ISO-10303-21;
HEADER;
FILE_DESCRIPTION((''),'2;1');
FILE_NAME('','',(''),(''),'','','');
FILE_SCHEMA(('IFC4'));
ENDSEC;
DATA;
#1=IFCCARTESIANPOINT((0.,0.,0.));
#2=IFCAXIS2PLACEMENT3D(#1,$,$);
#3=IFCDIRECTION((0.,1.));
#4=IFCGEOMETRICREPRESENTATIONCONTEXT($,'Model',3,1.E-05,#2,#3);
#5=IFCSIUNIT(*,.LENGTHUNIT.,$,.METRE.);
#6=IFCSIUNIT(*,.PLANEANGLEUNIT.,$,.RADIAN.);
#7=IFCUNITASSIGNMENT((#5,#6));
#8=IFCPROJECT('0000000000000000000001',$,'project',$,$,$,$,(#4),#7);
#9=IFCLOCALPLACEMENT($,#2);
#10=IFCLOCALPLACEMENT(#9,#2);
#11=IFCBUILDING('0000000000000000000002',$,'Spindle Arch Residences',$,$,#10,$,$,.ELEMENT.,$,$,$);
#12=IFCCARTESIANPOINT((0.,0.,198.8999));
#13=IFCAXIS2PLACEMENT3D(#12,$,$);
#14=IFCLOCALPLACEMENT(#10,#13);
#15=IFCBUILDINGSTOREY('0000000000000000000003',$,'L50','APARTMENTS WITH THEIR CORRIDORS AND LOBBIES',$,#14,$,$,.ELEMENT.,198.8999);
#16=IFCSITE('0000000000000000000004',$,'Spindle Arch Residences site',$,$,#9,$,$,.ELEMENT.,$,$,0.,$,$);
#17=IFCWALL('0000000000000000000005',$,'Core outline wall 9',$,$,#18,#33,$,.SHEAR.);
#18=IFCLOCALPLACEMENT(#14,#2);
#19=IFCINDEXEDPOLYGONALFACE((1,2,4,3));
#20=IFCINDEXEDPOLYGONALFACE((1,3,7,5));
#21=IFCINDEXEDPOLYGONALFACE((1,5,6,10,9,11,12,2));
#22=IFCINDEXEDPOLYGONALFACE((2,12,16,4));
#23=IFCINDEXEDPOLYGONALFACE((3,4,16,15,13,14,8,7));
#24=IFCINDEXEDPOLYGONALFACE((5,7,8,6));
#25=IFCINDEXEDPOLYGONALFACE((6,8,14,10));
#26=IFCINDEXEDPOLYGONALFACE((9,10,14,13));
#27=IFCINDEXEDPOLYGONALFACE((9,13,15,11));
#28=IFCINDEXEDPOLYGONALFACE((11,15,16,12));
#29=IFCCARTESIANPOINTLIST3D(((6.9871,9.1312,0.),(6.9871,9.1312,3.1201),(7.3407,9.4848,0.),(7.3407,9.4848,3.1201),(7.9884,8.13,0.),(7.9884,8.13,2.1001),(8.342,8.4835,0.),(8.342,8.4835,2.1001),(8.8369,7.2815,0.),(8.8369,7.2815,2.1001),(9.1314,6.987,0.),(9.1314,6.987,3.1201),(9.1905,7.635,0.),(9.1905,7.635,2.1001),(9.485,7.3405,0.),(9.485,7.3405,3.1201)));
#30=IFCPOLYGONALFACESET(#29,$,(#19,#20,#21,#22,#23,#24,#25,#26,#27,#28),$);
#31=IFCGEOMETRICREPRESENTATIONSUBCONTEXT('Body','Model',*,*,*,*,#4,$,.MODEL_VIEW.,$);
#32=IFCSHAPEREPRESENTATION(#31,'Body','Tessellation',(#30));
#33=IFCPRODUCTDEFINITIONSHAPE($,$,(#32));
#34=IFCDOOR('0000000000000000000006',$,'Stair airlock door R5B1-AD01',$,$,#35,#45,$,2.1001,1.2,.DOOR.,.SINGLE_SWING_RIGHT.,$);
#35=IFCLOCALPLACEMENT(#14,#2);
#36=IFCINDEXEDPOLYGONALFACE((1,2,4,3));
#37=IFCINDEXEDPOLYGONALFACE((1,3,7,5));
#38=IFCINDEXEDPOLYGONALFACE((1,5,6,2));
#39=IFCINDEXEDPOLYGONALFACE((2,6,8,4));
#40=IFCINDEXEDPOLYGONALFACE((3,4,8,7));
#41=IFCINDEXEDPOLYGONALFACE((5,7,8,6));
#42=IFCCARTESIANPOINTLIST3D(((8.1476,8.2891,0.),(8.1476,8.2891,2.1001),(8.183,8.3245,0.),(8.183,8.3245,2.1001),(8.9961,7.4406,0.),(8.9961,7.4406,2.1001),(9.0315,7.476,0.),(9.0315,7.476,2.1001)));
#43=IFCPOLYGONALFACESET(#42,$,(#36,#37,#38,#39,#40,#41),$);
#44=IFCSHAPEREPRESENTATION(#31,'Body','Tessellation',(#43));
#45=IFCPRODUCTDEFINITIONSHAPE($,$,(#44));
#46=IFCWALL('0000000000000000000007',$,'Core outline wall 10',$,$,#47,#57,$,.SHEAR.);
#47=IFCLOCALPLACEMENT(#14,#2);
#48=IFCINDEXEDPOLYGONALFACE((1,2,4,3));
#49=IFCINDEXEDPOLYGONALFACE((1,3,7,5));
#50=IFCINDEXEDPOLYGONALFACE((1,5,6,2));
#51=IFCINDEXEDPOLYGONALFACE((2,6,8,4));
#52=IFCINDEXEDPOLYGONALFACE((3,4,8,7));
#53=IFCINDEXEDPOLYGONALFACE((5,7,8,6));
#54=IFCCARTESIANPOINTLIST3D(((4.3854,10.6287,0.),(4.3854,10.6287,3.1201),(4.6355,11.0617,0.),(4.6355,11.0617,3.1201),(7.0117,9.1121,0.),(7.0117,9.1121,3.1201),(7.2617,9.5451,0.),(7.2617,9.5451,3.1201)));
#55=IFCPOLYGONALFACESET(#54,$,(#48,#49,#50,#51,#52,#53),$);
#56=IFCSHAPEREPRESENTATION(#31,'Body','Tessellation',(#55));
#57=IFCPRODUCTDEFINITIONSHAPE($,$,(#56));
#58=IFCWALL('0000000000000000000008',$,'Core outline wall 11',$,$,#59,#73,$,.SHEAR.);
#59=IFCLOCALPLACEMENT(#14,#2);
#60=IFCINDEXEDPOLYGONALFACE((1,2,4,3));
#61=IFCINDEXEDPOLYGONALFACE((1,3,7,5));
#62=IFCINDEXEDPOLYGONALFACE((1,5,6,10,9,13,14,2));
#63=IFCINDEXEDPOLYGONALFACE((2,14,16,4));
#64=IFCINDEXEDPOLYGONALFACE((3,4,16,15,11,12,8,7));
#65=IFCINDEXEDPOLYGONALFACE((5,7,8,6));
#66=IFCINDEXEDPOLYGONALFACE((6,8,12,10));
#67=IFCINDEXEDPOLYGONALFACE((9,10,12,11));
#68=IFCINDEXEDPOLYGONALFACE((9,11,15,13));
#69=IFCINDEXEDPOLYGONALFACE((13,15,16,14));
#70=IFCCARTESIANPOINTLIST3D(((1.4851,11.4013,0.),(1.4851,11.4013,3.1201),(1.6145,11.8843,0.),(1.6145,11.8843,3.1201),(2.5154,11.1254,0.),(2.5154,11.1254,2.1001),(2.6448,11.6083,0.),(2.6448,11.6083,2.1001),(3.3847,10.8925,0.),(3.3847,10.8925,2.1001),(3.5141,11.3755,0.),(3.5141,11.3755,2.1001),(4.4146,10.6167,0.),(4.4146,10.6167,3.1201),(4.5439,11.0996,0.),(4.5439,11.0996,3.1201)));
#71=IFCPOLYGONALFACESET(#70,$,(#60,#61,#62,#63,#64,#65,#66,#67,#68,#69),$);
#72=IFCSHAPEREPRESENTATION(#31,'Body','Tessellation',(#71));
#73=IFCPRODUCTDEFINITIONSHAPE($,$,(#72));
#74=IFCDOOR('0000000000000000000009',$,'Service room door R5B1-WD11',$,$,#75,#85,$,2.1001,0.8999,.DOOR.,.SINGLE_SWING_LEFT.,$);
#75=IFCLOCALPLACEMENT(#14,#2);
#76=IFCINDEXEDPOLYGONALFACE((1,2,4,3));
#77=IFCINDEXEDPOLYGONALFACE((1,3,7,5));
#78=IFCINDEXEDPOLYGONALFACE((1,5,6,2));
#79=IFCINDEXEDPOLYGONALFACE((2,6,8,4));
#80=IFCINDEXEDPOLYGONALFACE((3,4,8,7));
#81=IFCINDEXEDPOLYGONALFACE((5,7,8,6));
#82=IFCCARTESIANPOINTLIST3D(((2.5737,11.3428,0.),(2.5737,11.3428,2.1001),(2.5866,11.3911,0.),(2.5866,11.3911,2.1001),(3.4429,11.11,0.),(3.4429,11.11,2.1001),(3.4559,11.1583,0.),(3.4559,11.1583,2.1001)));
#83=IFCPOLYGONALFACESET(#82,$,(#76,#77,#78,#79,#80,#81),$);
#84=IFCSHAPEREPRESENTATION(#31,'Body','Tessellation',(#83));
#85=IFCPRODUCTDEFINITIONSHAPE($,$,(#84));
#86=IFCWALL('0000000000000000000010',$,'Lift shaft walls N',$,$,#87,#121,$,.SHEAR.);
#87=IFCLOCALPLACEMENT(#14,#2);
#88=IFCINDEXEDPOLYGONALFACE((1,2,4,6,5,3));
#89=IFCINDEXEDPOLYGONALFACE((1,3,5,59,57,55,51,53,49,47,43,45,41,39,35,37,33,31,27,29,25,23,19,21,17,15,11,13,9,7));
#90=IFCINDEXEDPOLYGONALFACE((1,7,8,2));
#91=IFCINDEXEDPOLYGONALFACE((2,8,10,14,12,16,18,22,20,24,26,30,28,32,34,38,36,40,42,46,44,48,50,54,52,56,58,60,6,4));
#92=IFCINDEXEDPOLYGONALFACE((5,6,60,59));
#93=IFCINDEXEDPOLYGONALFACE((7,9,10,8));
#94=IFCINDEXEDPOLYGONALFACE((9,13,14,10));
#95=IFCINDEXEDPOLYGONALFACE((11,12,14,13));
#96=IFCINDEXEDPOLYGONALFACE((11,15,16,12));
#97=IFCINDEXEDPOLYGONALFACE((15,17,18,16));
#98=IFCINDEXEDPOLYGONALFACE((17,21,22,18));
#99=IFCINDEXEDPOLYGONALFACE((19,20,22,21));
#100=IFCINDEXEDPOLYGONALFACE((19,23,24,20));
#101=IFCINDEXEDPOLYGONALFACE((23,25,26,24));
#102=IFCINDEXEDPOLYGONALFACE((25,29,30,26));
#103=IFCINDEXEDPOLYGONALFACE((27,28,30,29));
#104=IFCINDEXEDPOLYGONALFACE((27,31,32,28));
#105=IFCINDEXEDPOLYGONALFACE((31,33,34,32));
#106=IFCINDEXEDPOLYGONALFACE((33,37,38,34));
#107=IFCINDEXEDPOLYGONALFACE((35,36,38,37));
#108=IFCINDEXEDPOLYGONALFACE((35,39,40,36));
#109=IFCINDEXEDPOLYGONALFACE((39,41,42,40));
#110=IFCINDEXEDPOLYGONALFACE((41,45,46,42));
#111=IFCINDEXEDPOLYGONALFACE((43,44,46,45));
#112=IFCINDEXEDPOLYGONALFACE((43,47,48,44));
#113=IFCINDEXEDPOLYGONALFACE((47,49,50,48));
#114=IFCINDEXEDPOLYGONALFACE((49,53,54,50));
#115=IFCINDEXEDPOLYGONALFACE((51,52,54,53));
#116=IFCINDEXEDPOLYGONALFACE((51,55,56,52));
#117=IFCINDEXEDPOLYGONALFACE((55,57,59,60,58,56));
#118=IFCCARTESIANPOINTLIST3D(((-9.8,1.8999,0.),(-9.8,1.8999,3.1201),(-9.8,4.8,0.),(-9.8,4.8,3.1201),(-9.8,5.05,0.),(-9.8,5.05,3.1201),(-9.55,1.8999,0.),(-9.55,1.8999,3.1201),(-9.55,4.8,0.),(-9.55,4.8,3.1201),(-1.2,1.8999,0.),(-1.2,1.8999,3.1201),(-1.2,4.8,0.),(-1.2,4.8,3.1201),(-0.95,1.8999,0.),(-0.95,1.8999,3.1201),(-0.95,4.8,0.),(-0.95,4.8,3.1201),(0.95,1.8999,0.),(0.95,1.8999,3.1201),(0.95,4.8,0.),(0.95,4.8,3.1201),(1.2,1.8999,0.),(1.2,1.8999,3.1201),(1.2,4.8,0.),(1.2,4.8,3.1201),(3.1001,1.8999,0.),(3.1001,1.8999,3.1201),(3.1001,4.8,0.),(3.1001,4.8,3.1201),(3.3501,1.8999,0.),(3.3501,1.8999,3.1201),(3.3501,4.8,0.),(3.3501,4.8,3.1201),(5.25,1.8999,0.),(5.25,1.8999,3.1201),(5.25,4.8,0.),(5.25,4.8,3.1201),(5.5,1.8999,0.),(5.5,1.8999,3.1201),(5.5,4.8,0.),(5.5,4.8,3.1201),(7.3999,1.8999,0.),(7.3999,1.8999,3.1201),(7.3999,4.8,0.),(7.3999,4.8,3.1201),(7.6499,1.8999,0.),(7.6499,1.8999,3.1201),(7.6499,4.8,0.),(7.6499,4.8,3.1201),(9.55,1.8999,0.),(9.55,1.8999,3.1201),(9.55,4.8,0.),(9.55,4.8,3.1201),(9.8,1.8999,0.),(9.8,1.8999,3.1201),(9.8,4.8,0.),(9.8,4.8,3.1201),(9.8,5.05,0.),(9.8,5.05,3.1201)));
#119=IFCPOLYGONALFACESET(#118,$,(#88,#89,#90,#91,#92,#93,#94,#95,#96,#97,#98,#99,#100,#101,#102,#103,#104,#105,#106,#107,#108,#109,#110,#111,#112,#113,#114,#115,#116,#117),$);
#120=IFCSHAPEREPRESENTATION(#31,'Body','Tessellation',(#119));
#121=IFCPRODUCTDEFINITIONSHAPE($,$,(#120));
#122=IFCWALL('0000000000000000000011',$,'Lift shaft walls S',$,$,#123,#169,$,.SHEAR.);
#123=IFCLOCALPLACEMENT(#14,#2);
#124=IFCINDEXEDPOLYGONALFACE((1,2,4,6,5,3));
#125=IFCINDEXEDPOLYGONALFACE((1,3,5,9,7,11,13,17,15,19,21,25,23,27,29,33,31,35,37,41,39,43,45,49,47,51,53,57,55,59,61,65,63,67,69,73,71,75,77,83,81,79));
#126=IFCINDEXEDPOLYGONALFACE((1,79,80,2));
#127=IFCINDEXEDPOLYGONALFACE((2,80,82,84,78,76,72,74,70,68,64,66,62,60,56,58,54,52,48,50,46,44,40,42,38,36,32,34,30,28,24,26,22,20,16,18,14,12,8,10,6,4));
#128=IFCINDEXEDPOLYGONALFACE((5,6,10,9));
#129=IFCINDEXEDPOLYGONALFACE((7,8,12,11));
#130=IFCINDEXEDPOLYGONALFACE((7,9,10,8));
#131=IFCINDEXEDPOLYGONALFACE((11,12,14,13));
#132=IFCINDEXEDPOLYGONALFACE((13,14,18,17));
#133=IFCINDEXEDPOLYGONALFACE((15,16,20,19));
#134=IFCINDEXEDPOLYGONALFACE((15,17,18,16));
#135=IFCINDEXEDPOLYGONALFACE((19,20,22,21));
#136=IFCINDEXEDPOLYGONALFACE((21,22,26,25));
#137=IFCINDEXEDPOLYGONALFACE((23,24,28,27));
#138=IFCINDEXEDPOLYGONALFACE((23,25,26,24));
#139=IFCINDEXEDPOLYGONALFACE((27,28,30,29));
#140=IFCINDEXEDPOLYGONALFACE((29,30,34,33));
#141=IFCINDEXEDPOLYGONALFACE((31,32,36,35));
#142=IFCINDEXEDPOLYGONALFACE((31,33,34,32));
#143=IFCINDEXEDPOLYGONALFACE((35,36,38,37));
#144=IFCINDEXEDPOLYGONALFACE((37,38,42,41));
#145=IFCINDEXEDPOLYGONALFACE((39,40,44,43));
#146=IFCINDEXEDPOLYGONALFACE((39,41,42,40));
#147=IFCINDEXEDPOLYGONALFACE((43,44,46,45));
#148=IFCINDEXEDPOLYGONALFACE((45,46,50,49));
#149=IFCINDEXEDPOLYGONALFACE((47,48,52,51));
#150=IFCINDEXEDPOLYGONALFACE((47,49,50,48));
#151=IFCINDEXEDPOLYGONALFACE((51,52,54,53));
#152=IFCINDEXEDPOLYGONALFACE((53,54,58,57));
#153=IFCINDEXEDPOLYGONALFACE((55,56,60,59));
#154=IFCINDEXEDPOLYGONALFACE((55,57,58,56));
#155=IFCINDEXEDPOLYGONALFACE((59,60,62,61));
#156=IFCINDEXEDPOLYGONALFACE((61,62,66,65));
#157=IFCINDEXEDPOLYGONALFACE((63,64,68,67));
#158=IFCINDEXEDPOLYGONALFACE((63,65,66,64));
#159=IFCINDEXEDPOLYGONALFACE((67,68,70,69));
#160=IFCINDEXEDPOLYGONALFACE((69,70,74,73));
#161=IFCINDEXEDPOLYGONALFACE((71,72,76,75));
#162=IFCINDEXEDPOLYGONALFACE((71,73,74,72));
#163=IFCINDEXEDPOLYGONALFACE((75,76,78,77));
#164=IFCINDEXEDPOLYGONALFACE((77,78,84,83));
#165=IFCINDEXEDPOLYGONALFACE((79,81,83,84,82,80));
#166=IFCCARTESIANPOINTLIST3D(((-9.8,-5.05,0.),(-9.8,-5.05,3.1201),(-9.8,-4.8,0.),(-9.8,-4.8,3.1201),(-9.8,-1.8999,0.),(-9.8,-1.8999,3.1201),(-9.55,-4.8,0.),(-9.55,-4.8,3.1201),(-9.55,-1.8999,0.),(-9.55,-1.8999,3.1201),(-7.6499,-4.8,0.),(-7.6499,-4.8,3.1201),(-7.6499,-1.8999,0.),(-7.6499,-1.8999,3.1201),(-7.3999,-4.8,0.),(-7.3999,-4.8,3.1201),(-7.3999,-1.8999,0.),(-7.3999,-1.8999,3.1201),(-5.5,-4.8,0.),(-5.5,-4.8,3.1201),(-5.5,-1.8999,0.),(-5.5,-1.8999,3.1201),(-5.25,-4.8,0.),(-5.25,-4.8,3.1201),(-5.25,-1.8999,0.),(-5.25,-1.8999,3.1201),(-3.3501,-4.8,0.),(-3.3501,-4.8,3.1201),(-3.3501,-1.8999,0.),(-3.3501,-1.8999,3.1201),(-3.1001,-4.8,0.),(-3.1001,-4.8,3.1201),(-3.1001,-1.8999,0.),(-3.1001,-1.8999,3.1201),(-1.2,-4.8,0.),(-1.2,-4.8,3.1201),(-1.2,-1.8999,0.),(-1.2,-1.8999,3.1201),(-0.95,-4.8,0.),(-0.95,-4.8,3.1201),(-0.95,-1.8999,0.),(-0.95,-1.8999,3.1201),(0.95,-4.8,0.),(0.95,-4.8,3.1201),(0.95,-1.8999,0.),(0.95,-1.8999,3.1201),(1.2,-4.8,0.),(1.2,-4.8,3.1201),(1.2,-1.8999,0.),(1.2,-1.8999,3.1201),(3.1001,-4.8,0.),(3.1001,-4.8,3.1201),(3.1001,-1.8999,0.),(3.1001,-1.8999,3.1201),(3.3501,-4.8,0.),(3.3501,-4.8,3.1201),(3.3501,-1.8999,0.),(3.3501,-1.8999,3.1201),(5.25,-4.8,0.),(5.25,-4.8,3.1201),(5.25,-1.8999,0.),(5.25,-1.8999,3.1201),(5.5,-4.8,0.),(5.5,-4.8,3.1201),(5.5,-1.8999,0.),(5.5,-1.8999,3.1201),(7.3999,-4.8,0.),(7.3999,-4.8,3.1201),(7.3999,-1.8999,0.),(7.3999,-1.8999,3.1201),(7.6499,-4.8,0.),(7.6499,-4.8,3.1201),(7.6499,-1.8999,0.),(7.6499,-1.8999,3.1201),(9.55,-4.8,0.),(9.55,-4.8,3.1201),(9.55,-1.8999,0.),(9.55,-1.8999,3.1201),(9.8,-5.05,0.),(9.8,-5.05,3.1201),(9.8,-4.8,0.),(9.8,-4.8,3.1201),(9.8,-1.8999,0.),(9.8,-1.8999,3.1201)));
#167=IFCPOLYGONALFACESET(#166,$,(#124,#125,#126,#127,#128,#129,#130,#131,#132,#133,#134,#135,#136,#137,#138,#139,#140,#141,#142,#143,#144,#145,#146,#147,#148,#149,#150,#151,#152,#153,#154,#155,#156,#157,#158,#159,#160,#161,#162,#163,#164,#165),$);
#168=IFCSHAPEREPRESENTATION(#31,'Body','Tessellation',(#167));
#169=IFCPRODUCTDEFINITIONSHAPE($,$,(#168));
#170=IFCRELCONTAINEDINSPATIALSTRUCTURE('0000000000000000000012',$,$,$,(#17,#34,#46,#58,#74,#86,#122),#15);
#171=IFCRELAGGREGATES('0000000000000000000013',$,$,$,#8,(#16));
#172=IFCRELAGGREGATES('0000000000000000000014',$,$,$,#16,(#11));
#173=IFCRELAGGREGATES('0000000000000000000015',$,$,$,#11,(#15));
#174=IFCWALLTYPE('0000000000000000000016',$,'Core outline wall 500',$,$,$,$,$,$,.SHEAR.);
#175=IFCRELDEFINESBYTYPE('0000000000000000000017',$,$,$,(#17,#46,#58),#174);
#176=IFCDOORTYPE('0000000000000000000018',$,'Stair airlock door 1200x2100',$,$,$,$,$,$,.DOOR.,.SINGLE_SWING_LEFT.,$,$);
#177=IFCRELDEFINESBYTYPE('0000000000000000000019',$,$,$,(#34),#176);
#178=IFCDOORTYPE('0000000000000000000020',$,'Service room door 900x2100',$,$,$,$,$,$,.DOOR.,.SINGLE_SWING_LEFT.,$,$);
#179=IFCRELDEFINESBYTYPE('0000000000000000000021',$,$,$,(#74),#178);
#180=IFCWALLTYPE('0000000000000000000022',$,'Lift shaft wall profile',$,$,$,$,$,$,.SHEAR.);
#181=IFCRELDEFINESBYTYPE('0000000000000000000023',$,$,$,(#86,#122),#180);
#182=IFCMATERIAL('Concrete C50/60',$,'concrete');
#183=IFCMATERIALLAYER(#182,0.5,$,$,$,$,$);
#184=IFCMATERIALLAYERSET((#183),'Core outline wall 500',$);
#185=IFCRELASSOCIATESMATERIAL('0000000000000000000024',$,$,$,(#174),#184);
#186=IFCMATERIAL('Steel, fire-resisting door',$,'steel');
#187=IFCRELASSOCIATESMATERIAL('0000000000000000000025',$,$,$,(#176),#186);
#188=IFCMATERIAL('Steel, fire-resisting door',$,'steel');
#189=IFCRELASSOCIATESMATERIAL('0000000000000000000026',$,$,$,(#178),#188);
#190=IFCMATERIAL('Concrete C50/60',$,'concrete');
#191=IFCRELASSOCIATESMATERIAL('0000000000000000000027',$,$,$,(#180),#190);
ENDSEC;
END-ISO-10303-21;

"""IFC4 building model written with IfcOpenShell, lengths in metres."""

from ifc_helpers import new_model, si_unit, direction, frame, frame_2d, origin, place, context, subcontext, project, spatial, polyline, rectangle, outline, extrude, material, layer, layer_set, type_object, element, fill, save


model = new_model("IFC4")

# Units and contexts
model_context = context("Model", 3, precision=1e-05, world=origin(), true_north=direction((0.0, 1.0)))
body_context = subcontext(model_context, "Body", "Model", "MODEL_VIEW")
ifc_project = project(units=[si_unit("LENGTHUNIT", "METRE"), si_unit("PLANEANGLEUNIT", "RADIAN")], contexts=[model_context])

# Site, building, storey
site_placement = place(None, origin())
site = spatial("IfcSite", under=ifc_project, at=site_placement, Name="Spindle Arch Residences site", CompositionType="ELEMENT", RefElevation=0.0)
building_placement = place(site_placement, origin())
building = spatial("IfcBuilding", under=site, at=building_placement, Name="Spindle Arch Residences", CompositionType="ELEMENT")
storey_placement = place(building_placement, frame((0.0, 0.0, 198.8999)))
storey = spatial("IfcBuildingStorey", under=building, at=storey_placement, Name="L50", Description="APARTMENTS WITH THEIR CORRIDORS AND LOBBIES", CompositionType="ELEMENT", Elevation=198.8999)

# Wall, opening, door
ifc_material_1 = material(Name="Concrete C50/60", Category="concrete")
ifc_layer_1 = layer(ifc_material_1, 0.5)
ifc_layer_set_1 = layer_set([ifc_layer_1], Name="Core outline wall 500")
wall_type_1 = type_object("IfcWallType", Name="Core outline wall 500", PredefinedType="SHEAR", material=ifc_layer_set_1)
wall_1_placement = place(storey_placement, frame((9.3081, 7.1638, 0.0), z_axis=(0.0, 0.0, 1.0), x_axis=(-0.707107, 0.707107, 0.0)))
wall_1 = element("IfcWall", 1, at=wall_1_placement, inside=storey, type_object=wall_type_1, Name="Core outline wall 9", PredefinedType="SHEAR", context=body_context, shape_type="SweptSolid", body=[
    extrude(rectangle(XDim=3.0325, YDim=0.5, at=frame_2d((1.5161, 0.0))), origin(), (0.0, 0.0, 1.0), 3.1201),
])
opening_1_placement = place(wall_1_placement, frame((0.4163, 0.0, 0.0)))
opening_1 = element("IfcOpeningElement", 2, at=opening_1_placement, cuts=wall_1, PredefinedType="OPENING", context=body_context, shape_type="SweptSolid", body=[
    extrude(rectangle(XDim=1.2, YDim=2.1001, at=frame_2d((0.6001, 1.05))), frame((0.0, 0.26, 0.0), z_axis=(0.0, -1.0, 0.0), x_axis=(1.0, 0.0, 0.0)), (0.0, 0.0, 1.0), 0.52),
])
ifc_material_2 = material(Name="Steel, fire-resisting door", Category="steel")
door_type_1 = type_object("IfcDoorType", Name="Stair airlock door 1200x2100", OperationType="SINGLE_SWING_LEFT", PredefinedType="DOOR", material=ifc_material_2)
door_1_placement = place(opening_1_placement, origin())
door_1 = element("IfcDoor", 3, at=door_1_placement, inside=storey, type_object=door_type_1, Name="Stair airlock door R5B1-AD01", OperationType="SINGLE_SWING_RIGHT", OverallHeight=2.1001, OverallWidth=1.2, PredefinedType="DOOR", context=body_context, shape_type="SweptSolid", body=[
    extrude(rectangle(XDim=1.2, YDim=2.1001, at=frame_2d((0.6001, 1.05))), frame((0.0, 0.0249, 0.0), z_axis=(0.0, -1.0, 0.0), x_axis=(1.0, 0.0, 0.0)), (0.0, 0.0, 1.0), 0.05),
])
fill(opening_1, door_1)

# Wall
wall_2_placement = place(storey_placement, frame((7.1367, 9.3286, 0.0), z_axis=(0.0, 0.0, 1.0), x_axis=(-0.865975, 0.500087, 0.0)))
element("IfcWall", 4, at=wall_2_placement, inside=storey, type_object=wall_type_1, Name="Core outline wall 10", PredefinedType="SHEAR", context=body_context, shape_type="SweptSolid", body=[
    extrude(rectangle(XDim=3.0327, YDim=0.5, at=frame_2d((1.5164, 0.0))), origin(), (0.0, 0.0, 1.0), 3.1201),
])

# Wall, opening, door
wall_3_placement = place(storey_placement, frame((4.4792, 10.8582, 0.0), z_axis=(0.0, 0.0, 1.0), x_axis=(-0.965948, 0.258735, 0.0)))
wall_3 = element("IfcWall", 5, at=wall_3_placement, inside=storey, type_object=wall_type_1, Name="Core outline wall 11", PredefinedType="SHEAR", context=body_context, shape_type="SweptSolid", body=[
    extrude(rectangle(XDim=3.0327, YDim=0.5, at=frame_2d((1.5164, 0.0))), origin(), (0.0, 0.0, 1.0), 3.1201),
])
opening_2_placement = place(wall_3_placement, frame((1.0662, 0.0, 0.0)))
opening_2 = element("IfcOpeningElement", 6, at=opening_2_placement, cuts=wall_3, PredefinedType="OPENING", context=body_context, shape_type="SweptSolid", body=[
    extrude(rectangle(XDim=0.8999, YDim=2.1001, at=frame_2d((0.45, 1.05))), frame((0.0, 0.26, 0.0), z_axis=(0.0, -1.0, 0.0), x_axis=(1.0, 0.0, 0.0)), (0.0, 0.0, 1.0), 0.52),
])
ifc_material_3 = material(Name="Steel, fire-resisting door", Category="steel")
door_type_2 = type_object("IfcDoorType", Name="Service room door 900x2100", OperationType="SINGLE_SWING_LEFT", PredefinedType="DOOR", material=ifc_material_3)
door_2_placement = place(opening_2_placement, origin())
door_2 = element("IfcDoor", 7, at=door_2_placement, inside=storey, type_object=door_type_2, Name="Service room door R5B1-WD11", OperationType="SINGLE_SWING_LEFT", OverallHeight=2.1001, OverallWidth=0.8999, PredefinedType="DOOR", context=body_context, shape_type="SweptSolid", body=[
    extrude(rectangle(XDim=0.8999, YDim=2.1001, at=frame_2d((0.45, 1.05))), frame((0.0, 0.0249, 0.0), z_axis=(0.0, -1.0, 0.0), x_axis=(1.0, 0.0, 0.0)), (0.0, 0.0, 1.0), 0.05),
])
fill(opening_2, door_2)

# Walls
ifc_material_4 = material(Name="Concrete C50/60", Category="concrete")
wall_type_2 = type_object("IfcWallType", Name="Lift shaft wall profile", PredefinedType="SHEAR", material=ifc_material_4)
wall_4_placement = place(storey_placement, origin())
element("IfcWall", 8, at=wall_4_placement, inside=storey, type_object=wall_type_2, Name="Lift shaft walls N", PredefinedType="SHEAR", context=body_context, shape_type="SweptSolid", body=[
    extrude(outline(polyline([(-9.55, 4.8), (-1.2, 4.8), (-1.2, 1.8999), (-0.95, 1.8999), (-0.95, 4.8), (0.95, 4.8), (0.95, 1.8999), (1.2, 1.8999), (1.2, 4.8), (3.1001, 4.8), (3.1001, 1.8999), (3.3501, 1.8999), (3.3501, 4.8), (5.25, 4.8), (5.25, 1.8999), (5.5, 1.8999), (5.5, 4.8), (7.3999, 4.8), (7.3999, 1.8999), (7.6499, 1.8999), (7.6499, 4.8), (9.55, 4.8), (9.55, 1.8999), (9.8, 1.8999), (9.8, 4.8), (9.8, 5.05), (-9.8, 5.05), (-9.8, 4.8), (-9.8, 1.8999), (-9.55, 1.8999), (-9.55, 4.8)])), origin(), (0.0, 0.0, 1.0), 3.1201),
])
wall_5_placement = place(storey_placement, origin())
element("IfcWall", 9, at=wall_5_placement, inside=storey, type_object=wall_type_2, Name="Lift shaft walls S", PredefinedType="SHEAR", context=body_context, shape_type="SweptSolid", body=[
    extrude(outline(polyline([(9.8, -5.05), (9.8, -4.8), (9.8, -1.8999), (9.55, -1.8999), (9.55, -4.8), (7.6499, -4.8), (7.6499, -1.8999), (7.3999, -1.8999), (7.3999, -4.8), (5.5, -4.8), (5.5, -1.8999), (5.25, -1.8999), (5.25, -4.8), (3.3501, -4.8), (3.3501, -1.8999), (3.1001, -1.8999), (3.1001, -4.8), (1.2, -4.8), (1.2, -1.8999), (0.95, -1.8999), (0.95, -4.8), (-0.95, -4.8), (-0.95, -1.8999), (-1.2, -1.8999), (-1.2, -4.8), (-3.1001, -4.8), (-3.1001, -1.8999), (-3.3501, -1.8999), (-3.3501, -4.8), (-5.25, -4.8), (-5.25, -1.8999), (-5.5, -1.8999), (-5.5, -4.8), (-7.3999, -4.8), (-7.3999, -1.8999), (-7.6499, -1.8999), (-7.6499, -4.8), (-9.55, -4.8), (-9.55, -1.8999), (-9.8, -1.8999), (-9.8, -4.8), (-9.8, -5.05), (9.8, -5.05)])), origin(), (0.0, 0.0, 1.0), 3.1201),
])

save(model, "model.ifc")
